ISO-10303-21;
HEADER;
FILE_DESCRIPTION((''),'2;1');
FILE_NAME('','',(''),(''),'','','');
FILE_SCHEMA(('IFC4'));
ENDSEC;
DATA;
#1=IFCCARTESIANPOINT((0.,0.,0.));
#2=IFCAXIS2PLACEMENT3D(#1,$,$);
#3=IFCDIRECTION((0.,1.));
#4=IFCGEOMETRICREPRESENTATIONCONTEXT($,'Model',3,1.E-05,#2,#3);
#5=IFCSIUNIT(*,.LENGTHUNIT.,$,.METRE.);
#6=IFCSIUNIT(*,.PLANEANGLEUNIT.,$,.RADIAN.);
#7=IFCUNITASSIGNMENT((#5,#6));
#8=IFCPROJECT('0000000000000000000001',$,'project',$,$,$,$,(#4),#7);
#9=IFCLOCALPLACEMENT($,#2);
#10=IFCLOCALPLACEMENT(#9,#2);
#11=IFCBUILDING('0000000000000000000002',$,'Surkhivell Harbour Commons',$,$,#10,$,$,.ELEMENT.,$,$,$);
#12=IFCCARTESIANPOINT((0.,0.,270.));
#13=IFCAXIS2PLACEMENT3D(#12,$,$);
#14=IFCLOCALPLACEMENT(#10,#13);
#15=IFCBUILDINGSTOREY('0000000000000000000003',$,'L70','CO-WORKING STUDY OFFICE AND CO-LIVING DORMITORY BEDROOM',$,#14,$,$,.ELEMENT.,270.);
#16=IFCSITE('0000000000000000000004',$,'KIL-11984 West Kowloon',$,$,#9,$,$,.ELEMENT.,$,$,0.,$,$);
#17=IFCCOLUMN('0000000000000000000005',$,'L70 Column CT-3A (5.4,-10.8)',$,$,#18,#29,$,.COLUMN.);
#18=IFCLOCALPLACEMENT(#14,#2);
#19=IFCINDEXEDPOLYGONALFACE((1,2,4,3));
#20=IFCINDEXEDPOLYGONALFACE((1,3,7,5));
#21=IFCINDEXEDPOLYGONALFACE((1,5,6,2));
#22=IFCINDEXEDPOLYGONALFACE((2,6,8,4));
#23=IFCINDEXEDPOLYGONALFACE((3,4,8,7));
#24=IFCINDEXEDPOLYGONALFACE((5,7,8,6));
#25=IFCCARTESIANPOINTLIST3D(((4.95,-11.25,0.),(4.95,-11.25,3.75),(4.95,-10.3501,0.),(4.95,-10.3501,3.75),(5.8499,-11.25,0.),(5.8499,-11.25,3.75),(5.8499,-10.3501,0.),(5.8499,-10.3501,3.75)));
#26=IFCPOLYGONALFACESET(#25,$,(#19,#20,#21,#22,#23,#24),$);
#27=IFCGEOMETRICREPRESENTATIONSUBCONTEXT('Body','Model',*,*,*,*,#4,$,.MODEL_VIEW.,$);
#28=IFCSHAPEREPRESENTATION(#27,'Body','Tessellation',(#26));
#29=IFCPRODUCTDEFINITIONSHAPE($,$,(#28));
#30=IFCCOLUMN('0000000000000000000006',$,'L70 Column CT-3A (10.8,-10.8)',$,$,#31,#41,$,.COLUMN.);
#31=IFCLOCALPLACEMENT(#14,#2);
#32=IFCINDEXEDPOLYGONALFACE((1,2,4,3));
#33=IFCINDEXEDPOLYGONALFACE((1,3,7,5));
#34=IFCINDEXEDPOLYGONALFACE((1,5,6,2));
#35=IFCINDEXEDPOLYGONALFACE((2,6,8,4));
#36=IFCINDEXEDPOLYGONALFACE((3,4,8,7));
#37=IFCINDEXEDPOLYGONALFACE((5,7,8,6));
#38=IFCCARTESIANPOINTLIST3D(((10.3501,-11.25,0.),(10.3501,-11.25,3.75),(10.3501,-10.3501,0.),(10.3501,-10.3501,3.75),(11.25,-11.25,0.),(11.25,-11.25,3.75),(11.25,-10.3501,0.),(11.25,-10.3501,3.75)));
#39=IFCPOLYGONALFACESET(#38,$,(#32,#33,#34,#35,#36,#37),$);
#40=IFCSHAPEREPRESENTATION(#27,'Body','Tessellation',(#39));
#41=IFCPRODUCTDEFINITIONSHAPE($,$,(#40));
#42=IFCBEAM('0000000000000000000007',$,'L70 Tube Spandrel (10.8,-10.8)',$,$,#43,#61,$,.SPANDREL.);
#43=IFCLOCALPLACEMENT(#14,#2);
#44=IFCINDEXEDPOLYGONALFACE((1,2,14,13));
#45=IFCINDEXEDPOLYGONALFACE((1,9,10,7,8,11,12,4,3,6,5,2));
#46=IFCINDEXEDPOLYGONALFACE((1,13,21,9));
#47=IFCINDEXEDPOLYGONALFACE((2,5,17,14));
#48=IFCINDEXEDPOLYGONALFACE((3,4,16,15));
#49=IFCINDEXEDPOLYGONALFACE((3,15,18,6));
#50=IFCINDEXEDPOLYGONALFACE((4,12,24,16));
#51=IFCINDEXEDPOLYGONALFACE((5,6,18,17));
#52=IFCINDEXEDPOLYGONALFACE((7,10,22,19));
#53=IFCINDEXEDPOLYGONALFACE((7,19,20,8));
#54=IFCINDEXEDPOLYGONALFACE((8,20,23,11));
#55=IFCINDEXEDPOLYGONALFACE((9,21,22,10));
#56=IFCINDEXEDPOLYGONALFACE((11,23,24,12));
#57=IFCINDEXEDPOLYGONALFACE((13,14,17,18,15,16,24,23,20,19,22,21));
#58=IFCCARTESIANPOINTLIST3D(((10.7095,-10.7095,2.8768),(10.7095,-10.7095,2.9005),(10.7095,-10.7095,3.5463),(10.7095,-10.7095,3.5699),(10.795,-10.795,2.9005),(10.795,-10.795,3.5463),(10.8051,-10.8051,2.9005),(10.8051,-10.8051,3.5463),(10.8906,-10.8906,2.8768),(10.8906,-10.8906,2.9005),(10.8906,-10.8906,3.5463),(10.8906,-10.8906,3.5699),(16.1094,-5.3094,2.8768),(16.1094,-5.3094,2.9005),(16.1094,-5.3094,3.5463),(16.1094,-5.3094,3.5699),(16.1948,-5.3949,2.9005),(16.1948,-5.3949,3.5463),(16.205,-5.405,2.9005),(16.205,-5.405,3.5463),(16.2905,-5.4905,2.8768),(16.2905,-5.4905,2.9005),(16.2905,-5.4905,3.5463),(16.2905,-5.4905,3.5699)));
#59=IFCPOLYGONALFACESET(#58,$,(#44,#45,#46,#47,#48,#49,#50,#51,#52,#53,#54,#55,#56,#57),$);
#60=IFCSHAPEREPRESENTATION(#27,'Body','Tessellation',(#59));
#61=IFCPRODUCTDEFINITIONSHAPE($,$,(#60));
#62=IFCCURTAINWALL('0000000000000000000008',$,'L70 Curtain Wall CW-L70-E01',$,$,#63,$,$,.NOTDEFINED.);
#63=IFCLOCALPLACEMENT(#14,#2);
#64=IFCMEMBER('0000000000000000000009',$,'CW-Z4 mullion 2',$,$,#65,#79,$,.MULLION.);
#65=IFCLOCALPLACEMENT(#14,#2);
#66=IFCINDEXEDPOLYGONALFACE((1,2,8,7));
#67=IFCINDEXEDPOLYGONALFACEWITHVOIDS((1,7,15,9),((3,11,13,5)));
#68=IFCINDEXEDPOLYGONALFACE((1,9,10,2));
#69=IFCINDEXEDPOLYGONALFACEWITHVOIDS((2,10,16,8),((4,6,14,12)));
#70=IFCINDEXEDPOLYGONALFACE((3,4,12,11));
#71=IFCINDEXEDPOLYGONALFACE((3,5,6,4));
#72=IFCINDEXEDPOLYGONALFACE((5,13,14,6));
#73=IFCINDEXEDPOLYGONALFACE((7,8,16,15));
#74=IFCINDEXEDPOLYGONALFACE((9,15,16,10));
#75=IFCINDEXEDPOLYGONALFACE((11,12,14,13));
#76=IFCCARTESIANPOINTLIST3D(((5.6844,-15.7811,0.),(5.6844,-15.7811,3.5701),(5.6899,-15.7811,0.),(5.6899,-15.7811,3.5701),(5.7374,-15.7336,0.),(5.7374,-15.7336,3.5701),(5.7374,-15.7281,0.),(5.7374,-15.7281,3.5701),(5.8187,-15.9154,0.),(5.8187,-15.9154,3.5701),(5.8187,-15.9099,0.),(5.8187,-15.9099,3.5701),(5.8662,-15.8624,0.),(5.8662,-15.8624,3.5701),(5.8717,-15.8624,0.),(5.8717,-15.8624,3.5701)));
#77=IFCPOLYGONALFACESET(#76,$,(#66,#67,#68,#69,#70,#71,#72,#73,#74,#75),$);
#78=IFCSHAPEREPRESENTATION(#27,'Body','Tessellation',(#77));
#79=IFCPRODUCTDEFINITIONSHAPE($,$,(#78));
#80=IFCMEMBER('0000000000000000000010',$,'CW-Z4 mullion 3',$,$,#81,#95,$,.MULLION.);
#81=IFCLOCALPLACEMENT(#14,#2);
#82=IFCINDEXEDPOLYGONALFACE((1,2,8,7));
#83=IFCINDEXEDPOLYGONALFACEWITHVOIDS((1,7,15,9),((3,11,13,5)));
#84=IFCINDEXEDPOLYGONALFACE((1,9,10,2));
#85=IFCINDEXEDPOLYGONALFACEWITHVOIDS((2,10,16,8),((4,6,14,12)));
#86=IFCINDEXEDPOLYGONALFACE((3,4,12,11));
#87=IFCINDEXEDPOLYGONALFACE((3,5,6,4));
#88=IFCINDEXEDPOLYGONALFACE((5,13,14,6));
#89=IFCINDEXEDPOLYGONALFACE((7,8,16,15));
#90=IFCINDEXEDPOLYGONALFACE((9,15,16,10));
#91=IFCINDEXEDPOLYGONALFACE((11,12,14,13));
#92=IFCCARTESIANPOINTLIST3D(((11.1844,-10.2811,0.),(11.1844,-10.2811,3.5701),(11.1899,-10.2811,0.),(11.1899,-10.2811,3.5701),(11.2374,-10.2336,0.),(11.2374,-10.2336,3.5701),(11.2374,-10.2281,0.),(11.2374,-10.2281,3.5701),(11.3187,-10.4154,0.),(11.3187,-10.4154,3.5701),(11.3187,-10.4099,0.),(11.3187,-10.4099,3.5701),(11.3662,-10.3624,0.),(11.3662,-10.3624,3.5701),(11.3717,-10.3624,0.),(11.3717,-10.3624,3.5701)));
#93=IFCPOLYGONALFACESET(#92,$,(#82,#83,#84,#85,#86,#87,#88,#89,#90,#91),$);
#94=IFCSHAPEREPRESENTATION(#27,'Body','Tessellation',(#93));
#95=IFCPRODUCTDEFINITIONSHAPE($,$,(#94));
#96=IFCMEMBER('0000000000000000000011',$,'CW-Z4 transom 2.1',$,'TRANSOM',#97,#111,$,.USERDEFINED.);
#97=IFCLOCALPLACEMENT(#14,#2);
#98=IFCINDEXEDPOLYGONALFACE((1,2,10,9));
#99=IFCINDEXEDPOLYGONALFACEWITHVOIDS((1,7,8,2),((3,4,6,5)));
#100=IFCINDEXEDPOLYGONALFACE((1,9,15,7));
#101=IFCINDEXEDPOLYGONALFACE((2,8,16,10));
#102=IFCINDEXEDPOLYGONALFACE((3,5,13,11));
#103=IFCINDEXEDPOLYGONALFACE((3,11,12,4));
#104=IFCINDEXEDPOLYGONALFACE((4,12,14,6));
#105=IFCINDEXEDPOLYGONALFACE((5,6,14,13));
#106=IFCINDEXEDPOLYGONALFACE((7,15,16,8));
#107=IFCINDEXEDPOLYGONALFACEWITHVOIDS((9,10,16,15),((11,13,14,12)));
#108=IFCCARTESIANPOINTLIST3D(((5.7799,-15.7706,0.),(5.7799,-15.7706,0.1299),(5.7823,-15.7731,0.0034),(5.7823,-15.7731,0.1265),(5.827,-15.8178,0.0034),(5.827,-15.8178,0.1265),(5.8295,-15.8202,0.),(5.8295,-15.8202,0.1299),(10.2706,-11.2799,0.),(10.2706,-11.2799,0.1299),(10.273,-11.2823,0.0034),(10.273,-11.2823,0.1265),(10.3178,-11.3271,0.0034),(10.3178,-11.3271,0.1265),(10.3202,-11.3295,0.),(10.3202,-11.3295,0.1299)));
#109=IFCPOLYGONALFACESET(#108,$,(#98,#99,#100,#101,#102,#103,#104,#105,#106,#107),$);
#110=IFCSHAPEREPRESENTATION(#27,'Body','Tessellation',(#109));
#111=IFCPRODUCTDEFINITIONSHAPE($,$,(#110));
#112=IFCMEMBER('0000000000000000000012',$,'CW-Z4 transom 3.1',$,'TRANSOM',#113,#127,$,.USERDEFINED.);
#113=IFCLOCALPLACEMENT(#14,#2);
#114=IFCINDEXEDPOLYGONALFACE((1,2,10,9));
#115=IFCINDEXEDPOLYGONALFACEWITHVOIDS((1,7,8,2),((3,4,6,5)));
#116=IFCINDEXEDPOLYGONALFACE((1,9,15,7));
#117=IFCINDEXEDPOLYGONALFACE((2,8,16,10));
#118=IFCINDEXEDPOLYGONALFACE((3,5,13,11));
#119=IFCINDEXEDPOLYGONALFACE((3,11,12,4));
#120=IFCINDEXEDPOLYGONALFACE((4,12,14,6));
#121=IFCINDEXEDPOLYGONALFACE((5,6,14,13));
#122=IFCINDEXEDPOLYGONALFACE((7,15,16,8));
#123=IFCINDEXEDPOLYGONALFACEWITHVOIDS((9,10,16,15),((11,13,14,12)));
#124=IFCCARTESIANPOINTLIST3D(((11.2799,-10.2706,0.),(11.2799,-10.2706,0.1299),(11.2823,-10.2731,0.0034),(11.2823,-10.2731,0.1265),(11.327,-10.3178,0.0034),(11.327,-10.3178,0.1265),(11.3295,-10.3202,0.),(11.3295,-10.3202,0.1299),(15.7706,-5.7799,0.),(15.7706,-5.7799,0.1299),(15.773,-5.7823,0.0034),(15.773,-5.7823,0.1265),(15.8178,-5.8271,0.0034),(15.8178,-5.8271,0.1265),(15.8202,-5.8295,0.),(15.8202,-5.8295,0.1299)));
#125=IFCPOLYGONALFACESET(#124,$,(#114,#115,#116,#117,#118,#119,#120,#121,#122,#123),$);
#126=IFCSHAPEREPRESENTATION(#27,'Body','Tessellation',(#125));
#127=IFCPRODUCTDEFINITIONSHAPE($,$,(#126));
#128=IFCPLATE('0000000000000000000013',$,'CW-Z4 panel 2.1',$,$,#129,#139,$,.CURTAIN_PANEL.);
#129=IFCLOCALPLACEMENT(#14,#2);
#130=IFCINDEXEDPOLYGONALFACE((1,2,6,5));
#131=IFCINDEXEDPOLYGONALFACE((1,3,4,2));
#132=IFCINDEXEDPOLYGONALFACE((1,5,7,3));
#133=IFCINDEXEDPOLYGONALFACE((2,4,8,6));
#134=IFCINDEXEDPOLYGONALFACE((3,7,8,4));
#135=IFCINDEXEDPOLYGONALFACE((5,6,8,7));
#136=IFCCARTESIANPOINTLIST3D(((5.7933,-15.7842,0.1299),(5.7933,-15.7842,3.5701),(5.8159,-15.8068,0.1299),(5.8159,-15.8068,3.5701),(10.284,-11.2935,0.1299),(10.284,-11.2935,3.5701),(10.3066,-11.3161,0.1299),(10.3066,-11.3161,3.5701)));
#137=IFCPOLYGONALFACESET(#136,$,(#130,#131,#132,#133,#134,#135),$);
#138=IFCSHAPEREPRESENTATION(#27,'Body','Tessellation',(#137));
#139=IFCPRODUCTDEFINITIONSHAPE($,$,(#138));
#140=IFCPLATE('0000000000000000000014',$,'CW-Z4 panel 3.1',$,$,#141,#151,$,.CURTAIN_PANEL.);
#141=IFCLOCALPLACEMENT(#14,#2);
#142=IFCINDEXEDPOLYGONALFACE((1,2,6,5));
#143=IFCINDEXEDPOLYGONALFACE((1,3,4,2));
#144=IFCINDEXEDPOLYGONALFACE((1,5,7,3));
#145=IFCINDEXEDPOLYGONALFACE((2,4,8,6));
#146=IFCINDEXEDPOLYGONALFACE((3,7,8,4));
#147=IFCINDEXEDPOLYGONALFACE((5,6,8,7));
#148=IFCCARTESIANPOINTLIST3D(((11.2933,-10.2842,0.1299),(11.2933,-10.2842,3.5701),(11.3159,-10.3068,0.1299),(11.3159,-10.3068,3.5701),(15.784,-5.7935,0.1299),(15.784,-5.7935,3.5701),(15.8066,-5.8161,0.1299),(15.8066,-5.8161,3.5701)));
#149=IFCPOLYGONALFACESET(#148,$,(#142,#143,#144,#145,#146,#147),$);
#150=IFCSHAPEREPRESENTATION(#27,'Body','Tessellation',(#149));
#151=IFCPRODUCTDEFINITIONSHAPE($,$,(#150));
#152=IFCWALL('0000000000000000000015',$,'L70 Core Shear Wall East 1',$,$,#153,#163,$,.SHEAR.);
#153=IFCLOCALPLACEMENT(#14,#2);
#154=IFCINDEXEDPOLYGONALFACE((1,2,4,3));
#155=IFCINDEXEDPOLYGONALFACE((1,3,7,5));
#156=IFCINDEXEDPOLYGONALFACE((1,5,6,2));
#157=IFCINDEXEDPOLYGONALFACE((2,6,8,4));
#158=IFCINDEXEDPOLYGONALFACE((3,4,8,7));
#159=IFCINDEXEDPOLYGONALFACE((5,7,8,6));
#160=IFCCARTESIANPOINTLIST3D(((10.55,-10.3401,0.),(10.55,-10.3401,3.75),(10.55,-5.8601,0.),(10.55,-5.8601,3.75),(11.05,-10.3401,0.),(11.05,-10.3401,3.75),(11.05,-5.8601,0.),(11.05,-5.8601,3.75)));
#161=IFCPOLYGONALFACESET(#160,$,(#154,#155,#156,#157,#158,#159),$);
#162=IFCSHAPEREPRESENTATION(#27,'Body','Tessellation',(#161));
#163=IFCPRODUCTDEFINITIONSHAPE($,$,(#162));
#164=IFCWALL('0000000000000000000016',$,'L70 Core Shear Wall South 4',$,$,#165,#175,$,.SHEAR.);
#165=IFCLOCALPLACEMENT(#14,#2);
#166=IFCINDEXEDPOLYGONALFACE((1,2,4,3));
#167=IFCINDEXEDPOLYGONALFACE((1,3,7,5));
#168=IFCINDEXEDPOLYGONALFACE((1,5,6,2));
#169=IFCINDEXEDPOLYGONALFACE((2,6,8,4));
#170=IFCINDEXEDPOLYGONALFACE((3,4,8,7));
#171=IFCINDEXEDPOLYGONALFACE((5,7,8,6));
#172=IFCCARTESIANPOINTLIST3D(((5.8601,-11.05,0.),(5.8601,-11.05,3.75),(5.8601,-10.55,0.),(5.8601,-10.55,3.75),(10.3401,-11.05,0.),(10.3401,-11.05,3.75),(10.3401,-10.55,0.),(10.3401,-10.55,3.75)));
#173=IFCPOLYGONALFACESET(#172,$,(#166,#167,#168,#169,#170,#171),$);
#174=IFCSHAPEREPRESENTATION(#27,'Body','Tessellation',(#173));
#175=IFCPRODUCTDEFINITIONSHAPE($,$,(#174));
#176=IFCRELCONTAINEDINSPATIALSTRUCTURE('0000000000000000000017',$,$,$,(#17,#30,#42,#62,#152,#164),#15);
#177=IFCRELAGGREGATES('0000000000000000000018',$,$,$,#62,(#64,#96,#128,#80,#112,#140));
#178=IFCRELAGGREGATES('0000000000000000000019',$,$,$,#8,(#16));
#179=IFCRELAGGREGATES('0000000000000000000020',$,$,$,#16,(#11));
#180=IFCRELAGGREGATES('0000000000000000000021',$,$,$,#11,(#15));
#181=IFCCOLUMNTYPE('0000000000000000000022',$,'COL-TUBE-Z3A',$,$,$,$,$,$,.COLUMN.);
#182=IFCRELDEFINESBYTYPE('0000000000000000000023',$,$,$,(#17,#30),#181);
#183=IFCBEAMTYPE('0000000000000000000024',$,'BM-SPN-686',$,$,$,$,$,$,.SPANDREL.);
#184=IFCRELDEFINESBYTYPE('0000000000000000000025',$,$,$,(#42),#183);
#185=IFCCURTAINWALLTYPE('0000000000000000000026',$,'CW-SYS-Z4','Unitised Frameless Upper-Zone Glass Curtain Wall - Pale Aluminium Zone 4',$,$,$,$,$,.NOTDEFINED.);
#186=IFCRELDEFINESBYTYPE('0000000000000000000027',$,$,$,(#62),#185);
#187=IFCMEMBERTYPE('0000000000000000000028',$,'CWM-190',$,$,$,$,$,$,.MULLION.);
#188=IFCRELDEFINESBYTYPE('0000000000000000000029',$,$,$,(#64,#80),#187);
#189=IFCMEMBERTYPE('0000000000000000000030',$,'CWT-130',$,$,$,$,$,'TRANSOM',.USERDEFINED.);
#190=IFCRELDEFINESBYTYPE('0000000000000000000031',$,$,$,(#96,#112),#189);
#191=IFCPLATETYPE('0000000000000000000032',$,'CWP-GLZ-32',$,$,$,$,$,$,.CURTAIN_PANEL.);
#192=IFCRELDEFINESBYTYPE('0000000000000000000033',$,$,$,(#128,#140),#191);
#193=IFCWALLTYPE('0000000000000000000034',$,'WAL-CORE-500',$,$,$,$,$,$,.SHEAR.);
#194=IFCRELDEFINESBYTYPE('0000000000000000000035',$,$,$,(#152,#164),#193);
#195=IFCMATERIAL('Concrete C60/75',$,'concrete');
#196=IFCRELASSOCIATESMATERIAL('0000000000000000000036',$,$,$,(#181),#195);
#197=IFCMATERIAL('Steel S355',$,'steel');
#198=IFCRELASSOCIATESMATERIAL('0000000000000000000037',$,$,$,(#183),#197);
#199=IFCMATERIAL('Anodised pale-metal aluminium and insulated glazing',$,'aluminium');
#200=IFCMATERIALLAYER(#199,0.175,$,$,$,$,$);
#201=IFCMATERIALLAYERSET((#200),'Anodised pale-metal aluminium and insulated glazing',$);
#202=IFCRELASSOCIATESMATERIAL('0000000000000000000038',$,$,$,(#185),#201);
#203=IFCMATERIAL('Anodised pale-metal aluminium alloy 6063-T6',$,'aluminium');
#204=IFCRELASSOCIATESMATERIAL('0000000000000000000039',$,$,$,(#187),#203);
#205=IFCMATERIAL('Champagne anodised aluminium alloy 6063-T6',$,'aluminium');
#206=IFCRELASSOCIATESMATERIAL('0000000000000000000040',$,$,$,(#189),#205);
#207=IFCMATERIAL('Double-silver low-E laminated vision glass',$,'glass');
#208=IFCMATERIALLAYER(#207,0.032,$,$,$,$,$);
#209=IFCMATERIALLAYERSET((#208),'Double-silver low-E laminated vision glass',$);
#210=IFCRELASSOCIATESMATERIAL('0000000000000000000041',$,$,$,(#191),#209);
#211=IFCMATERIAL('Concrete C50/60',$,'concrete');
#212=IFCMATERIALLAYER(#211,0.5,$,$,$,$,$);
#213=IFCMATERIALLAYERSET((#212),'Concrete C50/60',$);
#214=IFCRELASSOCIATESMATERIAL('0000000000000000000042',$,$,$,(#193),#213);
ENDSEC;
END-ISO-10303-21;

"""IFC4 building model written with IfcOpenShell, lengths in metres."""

from ifc_helpers import new_model, si_unit, direction, frame, frame_2d, origin, origin_2d, place, context, subcontext, project, spatial, rectangle, hollow_rectangle, i_section, extrude, material, layer, layer_set, material_profile, profile_set, type_object, element, aggregate, save


model = new_model("IFC4")

# Units and contexts
model_context = context("Model", 3, precision=1e-05, world=origin(), true_north=direction((0.0, 1.0)))
body_context = subcontext(model_context, "Body", "Model", "MODEL_VIEW")
ifc_project = project(units=[si_unit("LENGTHUNIT", "METRE"), si_unit("PLANEANGLEUNIT", "RADIAN")], contexts=[model_context])

# Site, building, storey
site_placement = place(None, origin())
site = spatial("IfcSite", under=ifc_project, at=site_placement, Name="KIL-11984 West Kowloon", CompositionType="ELEMENT", RefElevation=0.0)
building_placement = place(site_placement, origin())
building = spatial("IfcBuilding", under=site, at=building_placement, Name="Surkhivell Harbour Commons", CompositionType="ELEMENT")
storey_placement = place(building_placement, frame((0.0, 0.0, 270.0)))
storey = spatial("IfcBuildingStorey", under=building, at=storey_placement, Name="L70", Description="CO-WORKING STUDY OFFICE AND CO-LIVING DORMITORY BEDROOM", CompositionType="ELEMENT", Elevation=270.0)

# Columns
ifc_material_1 = material(Name="Concrete C60/75", Category="concrete")
ifc_material_profile_1 = material_profile(ifc_material_1, rectangle(XDim=0.8999, YDim=0.8999, at=origin_2d()), Name="RC-COL-900x900")
ifc_profile_set_1 = profile_set([ifc_material_profile_1], Name="Concrete C60/75")
column_type = type_object("IfcColumnType", Name="COL-TUBE-Z3A", PredefinedType="COLUMN", material=ifc_profile_set_1)
for number, where, z_axis, x_axis, name in (
    (1, (5.3999, -10.8, 0.0), (0.0, 0.0, 1.0), (1.0, 0.0, 0.0), "L70 Column CT-3A (5.4,-10.8)"),
    (2, (10.8, -10.8, 0.0), (0.0, 0.0, 1.0), (1.0, 0.0, 0.0), "L70 Column CT-3A (10.8,-10.8)"),
):
    element("IfcColumn", number, at=place(storey_placement, frame(where, z_axis=z_axis, x_axis=x_axis)), inside=storey, type_object=column_type, Name=name, PredefinedType="COLUMN", context=body_context, shape_type="SweptSolid", body=[
        extrude(rectangle(XDim=0.8999, YDim=0.8999, at=origin_2d()), origin(), (0.0, 0.0, 1.0), 3.75),
    ])

# Beam
ifc_material_2 = material(Name="Steel S355", Category="steel")
ifc_material_profile_2 = material_profile(ifc_material_2, i_section(OverallWidth=0.2561, OverallDepth=0.6931, WebThickness=0.0144, FlangeThickness=0.0237, at=origin_2d()), Name="UB686x254x170")
ifc_profile_set_2 = profile_set([ifc_material_profile_2], Name="Steel S355")
beam_type = type_object("IfcBeamType", Name="BM-SPN-686", PredefinedType="SPANDREL", material=ifc_profile_set_2)
beam_placement = place(storey_placement, frame((10.8, -10.8, 3.2234), z_axis=(0.707091, 0.707123, 0.0), x_axis=(-0.707123, 0.707091, 0.0)))
element("IfcBeam", 3, at=beam_placement, inside=storey, type_object=beam_type, Name="L70 Tube Spandrel (10.8,-10.8)", PredefinedType="SPANDREL", context=body_context, shape_type="SweptSolid", body=[
    extrude(i_section(OverallWidth=0.2561, OverallDepth=0.6931, WebThickness=0.0144, FlangeThickness=0.0237, at=origin_2d()), origin(), (0.0, 0.0, 1.0), 7.6367),
])

# Curtain wall, members, plates
ifc_material_3 = material(Name="Anodised pale-metal aluminium and insulated glazing", Category="aluminium")
ifc_layer_1 = layer(ifc_material_3, 0.175)
ifc_layer_set_1 = layer_set([ifc_layer_1], Name="Anodised pale-metal aluminium and insulated glazing")
curtain_wall_type = type_object("IfcCurtainWallType", Name="CW-SYS-Z4", Description="Unitised Frameless Upper-Zone Glass Curtain Wall - Pale Aluminium Zone 4", PredefinedType="NOTDEFINED", material=ifc_layer_set_1)
curtain_wall_placement = place(storey_placement, origin())
curtain_wall = element("IfcCurtainWall", 4, at=curtain_wall_placement, inside=storey, type_object=curtain_wall_type, Name="L70 Curtain Wall CW-L70-E01", PredefinedType="NOTDEFINED")
ifc_material_4 = material(Name="Anodised pale-metal aluminium alloy 6063-T6", Category="aluminium")
ifc_material_profile_3 = material_profile(ifc_material_4, hollow_rectangle(XDim=0.075, YDim=0.1899, WallThickness=0.0039, at=origin_2d()), Name="ALU-MULL-75x190")
ifc_profile_set_3 = profile_set([ifc_material_profile_3], Name="Anodised pale-metal aluminium alloy 6063-T6")
member_type_1 = type_object("IfcMemberType", Name="CWM-190", PredefinedType="MULLION", material=ifc_profile_set_3)
member_1_placement = place(storey_placement, frame((5.7781, -15.8218, 0.0), z_axis=(0.0, 0.0, 1.0), x_axis=(0.707107, 0.707107, 0.0)))
member_1 = element("IfcMember", 5, at=member_1_placement, type_object=member_type_1, Name="CW-Z4 mullion 2", PredefinedType="MULLION", context=body_context, shape_type="SweptSolid", body=[
    extrude(hollow_rectangle(XDim=0.075, YDim=0.1899, WallThickness=0.0039, at=origin_2d()), origin(), (0.0, 0.0, 1.0), 3.5701),
])
member_2_placement = place(storey_placement, frame((11.2781, -10.3218, 0.0), z_axis=(0.0, 0.0, 1.0), x_axis=(0.707107, 0.707107, 0.0)))
member_2 = element("IfcMember", 6, at=member_2_placement, type_object=member_type_1, Name="CW-Z4 mullion 3", PredefinedType="MULLION", context=body_context, shape_type="SweptSolid", body=[
    extrude(hollow_rectangle(XDim=0.075, YDim=0.1899, WallThickness=0.0039, at=origin_2d()), origin(), (0.0, 0.0, 1.0), 3.5701),
])
ifc_material_5 = material(Name="Champagne anodised aluminium alloy 6063-T6", Category="aluminium")
ifc_material_profile_4 = material_profile(ifc_material_5, hollow_rectangle(XDim=0.0701, YDim=0.1299, WallThickness=0.0034, at=origin_2d()), Name="ALU-TRAN-70x130")
ifc_profile_set_4 = profile_set([ifc_material_profile_4], Name="Champagne anodised aluminium alloy 6063-T6")
member_type_2 = type_object("IfcMemberType", Name="CWT-130", ElementType="TRANSOM", PredefinedType="USERDEFINED", material=ifc_profile_set_4)
member_3_placement = place(storey_placement, frame((5.8047, -15.7954, 0.0649), z_axis=(0.707107, 0.707107, 0.0), x_axis=(-0.707107, 0.707107, 0.0)))
member_3 = element("IfcMember", 7, at=member_3_placement, type_object=member_type_2, Name="CW-Z4 transom 2.1", ObjectType="TRANSOM", PredefinedType="USERDEFINED", context=body_context, shape_type="SweptSolid", body=[
    extrude(hollow_rectangle(XDim=0.0701, YDim=0.1299, WallThickness=0.0034, at=origin_2d()), origin(), (0.0, 0.0, 1.0), 6.3508),
])
member_4_placement = place(storey_placement, frame((11.3047, -10.2954, 0.0649), z_axis=(0.707107, 0.707107, 0.0), x_axis=(-0.707107, 0.707107, 0.0)))
member_4 = element("IfcMember", 8, at=member_4_placement, type_object=member_type_2, Name="CW-Z4 transom 3.1", ObjectType="TRANSOM", PredefinedType="USERDEFINED", context=body_context, shape_type="SweptSolid", body=[
    extrude(hollow_rectangle(XDim=0.0701, YDim=0.1299, WallThickness=0.0034, at=origin_2d()), origin(), (0.0, 0.0, 1.0), 6.3508),
])
ifc_material_6 = material(Name="Double-silver low-E laminated vision glass", Category="glass")
ifc_layer_2 = layer(ifc_material_6, 0.032)
ifc_layer_set_2 = layer_set([ifc_layer_2], Name="Double-silver low-E laminated vision glass")
plate_type = type_object("IfcPlateType", Name="CWP-GLZ-32", PredefinedType="CURTAIN_PANEL", material=ifc_layer_set_2)
plate_1_placement = place(storey_placement, frame((5.8047, -15.7954, 0.1299), z_axis=(0.0, 0.0, 1.0), x_axis=(0.707107, 0.707107, 0.0)))
plate_1 = element("IfcPlate", 9, at=plate_1_placement, type_object=plate_type, Name="CW-Z4 panel 2.1", PredefinedType="CURTAIN_PANEL", context=body_context, shape_type="SweptSolid", body=[
    extrude(rectangle(XDim=6.3508, YDim=0.032, at=frame_2d((3.1753, 0.0))), origin(), (0.0, 0.0, 1.0), 3.4402),
])
plate_2_placement = place(storey_placement, frame((11.3047, -10.2954, 0.1299), z_axis=(0.0, 0.0, 1.0), x_axis=(0.707107, 0.707107, 0.0)))
plate_2 = element("IfcPlate", 10, at=plate_2_placement, type_object=plate_type, Name="CW-Z4 panel 3.1", PredefinedType="CURTAIN_PANEL", context=body_context, shape_type="SweptSolid", body=[
    extrude(rectangle(XDim=6.3508, YDim=0.032, at=frame_2d((3.1753, 0.0))), origin(), (0.0, 0.0, 1.0), 3.4402),
])
aggregate(curtain_wall, [member_1, member_3, plate_1, member_2, member_4, plate_2])

# Walls
ifc_material_7 = material(Name="Concrete C50/60", Category="concrete")
ifc_layer_3 = layer(ifc_material_7, 0.5)
ifc_layer_set_3 = layer_set([ifc_layer_3], Name="Concrete C50/60")
wall_type_1 = type_object("IfcWallType", Name="WAL-CORE-500", PredefinedType="SHEAR", material=ifc_layer_set_3)
for number, where, z_axis, x_axis, name in (
    (11, (10.8, -10.3401, 0.0), (0.0, 0.0, 1.0), (0.0, 1.0, 0.0), "L70 Core Shear Wall East 1"),
    (12, (5.8601, -10.8, 0.0), (0.0, 0.0, 1.0), (1.0, 0.0, 0.0), "L70 Core Shear Wall South 4"),
):
    element("IfcWall", number, at=place(storey_placement, frame(where, z_axis=z_axis, x_axis=x_axis)), inside=storey, type_object=wall_type_1, Name=name, PredefinedType="SHEAR", context=body_context, shape_type="SweptSolid", body=[
        extrude(rectangle(XDim=4.48, YDim=0.5, at=frame_2d((2.24, 0.0))), origin(), (0.0, 0.0, 1.0), 3.75),
    ])

save(model, "model.ifc")
